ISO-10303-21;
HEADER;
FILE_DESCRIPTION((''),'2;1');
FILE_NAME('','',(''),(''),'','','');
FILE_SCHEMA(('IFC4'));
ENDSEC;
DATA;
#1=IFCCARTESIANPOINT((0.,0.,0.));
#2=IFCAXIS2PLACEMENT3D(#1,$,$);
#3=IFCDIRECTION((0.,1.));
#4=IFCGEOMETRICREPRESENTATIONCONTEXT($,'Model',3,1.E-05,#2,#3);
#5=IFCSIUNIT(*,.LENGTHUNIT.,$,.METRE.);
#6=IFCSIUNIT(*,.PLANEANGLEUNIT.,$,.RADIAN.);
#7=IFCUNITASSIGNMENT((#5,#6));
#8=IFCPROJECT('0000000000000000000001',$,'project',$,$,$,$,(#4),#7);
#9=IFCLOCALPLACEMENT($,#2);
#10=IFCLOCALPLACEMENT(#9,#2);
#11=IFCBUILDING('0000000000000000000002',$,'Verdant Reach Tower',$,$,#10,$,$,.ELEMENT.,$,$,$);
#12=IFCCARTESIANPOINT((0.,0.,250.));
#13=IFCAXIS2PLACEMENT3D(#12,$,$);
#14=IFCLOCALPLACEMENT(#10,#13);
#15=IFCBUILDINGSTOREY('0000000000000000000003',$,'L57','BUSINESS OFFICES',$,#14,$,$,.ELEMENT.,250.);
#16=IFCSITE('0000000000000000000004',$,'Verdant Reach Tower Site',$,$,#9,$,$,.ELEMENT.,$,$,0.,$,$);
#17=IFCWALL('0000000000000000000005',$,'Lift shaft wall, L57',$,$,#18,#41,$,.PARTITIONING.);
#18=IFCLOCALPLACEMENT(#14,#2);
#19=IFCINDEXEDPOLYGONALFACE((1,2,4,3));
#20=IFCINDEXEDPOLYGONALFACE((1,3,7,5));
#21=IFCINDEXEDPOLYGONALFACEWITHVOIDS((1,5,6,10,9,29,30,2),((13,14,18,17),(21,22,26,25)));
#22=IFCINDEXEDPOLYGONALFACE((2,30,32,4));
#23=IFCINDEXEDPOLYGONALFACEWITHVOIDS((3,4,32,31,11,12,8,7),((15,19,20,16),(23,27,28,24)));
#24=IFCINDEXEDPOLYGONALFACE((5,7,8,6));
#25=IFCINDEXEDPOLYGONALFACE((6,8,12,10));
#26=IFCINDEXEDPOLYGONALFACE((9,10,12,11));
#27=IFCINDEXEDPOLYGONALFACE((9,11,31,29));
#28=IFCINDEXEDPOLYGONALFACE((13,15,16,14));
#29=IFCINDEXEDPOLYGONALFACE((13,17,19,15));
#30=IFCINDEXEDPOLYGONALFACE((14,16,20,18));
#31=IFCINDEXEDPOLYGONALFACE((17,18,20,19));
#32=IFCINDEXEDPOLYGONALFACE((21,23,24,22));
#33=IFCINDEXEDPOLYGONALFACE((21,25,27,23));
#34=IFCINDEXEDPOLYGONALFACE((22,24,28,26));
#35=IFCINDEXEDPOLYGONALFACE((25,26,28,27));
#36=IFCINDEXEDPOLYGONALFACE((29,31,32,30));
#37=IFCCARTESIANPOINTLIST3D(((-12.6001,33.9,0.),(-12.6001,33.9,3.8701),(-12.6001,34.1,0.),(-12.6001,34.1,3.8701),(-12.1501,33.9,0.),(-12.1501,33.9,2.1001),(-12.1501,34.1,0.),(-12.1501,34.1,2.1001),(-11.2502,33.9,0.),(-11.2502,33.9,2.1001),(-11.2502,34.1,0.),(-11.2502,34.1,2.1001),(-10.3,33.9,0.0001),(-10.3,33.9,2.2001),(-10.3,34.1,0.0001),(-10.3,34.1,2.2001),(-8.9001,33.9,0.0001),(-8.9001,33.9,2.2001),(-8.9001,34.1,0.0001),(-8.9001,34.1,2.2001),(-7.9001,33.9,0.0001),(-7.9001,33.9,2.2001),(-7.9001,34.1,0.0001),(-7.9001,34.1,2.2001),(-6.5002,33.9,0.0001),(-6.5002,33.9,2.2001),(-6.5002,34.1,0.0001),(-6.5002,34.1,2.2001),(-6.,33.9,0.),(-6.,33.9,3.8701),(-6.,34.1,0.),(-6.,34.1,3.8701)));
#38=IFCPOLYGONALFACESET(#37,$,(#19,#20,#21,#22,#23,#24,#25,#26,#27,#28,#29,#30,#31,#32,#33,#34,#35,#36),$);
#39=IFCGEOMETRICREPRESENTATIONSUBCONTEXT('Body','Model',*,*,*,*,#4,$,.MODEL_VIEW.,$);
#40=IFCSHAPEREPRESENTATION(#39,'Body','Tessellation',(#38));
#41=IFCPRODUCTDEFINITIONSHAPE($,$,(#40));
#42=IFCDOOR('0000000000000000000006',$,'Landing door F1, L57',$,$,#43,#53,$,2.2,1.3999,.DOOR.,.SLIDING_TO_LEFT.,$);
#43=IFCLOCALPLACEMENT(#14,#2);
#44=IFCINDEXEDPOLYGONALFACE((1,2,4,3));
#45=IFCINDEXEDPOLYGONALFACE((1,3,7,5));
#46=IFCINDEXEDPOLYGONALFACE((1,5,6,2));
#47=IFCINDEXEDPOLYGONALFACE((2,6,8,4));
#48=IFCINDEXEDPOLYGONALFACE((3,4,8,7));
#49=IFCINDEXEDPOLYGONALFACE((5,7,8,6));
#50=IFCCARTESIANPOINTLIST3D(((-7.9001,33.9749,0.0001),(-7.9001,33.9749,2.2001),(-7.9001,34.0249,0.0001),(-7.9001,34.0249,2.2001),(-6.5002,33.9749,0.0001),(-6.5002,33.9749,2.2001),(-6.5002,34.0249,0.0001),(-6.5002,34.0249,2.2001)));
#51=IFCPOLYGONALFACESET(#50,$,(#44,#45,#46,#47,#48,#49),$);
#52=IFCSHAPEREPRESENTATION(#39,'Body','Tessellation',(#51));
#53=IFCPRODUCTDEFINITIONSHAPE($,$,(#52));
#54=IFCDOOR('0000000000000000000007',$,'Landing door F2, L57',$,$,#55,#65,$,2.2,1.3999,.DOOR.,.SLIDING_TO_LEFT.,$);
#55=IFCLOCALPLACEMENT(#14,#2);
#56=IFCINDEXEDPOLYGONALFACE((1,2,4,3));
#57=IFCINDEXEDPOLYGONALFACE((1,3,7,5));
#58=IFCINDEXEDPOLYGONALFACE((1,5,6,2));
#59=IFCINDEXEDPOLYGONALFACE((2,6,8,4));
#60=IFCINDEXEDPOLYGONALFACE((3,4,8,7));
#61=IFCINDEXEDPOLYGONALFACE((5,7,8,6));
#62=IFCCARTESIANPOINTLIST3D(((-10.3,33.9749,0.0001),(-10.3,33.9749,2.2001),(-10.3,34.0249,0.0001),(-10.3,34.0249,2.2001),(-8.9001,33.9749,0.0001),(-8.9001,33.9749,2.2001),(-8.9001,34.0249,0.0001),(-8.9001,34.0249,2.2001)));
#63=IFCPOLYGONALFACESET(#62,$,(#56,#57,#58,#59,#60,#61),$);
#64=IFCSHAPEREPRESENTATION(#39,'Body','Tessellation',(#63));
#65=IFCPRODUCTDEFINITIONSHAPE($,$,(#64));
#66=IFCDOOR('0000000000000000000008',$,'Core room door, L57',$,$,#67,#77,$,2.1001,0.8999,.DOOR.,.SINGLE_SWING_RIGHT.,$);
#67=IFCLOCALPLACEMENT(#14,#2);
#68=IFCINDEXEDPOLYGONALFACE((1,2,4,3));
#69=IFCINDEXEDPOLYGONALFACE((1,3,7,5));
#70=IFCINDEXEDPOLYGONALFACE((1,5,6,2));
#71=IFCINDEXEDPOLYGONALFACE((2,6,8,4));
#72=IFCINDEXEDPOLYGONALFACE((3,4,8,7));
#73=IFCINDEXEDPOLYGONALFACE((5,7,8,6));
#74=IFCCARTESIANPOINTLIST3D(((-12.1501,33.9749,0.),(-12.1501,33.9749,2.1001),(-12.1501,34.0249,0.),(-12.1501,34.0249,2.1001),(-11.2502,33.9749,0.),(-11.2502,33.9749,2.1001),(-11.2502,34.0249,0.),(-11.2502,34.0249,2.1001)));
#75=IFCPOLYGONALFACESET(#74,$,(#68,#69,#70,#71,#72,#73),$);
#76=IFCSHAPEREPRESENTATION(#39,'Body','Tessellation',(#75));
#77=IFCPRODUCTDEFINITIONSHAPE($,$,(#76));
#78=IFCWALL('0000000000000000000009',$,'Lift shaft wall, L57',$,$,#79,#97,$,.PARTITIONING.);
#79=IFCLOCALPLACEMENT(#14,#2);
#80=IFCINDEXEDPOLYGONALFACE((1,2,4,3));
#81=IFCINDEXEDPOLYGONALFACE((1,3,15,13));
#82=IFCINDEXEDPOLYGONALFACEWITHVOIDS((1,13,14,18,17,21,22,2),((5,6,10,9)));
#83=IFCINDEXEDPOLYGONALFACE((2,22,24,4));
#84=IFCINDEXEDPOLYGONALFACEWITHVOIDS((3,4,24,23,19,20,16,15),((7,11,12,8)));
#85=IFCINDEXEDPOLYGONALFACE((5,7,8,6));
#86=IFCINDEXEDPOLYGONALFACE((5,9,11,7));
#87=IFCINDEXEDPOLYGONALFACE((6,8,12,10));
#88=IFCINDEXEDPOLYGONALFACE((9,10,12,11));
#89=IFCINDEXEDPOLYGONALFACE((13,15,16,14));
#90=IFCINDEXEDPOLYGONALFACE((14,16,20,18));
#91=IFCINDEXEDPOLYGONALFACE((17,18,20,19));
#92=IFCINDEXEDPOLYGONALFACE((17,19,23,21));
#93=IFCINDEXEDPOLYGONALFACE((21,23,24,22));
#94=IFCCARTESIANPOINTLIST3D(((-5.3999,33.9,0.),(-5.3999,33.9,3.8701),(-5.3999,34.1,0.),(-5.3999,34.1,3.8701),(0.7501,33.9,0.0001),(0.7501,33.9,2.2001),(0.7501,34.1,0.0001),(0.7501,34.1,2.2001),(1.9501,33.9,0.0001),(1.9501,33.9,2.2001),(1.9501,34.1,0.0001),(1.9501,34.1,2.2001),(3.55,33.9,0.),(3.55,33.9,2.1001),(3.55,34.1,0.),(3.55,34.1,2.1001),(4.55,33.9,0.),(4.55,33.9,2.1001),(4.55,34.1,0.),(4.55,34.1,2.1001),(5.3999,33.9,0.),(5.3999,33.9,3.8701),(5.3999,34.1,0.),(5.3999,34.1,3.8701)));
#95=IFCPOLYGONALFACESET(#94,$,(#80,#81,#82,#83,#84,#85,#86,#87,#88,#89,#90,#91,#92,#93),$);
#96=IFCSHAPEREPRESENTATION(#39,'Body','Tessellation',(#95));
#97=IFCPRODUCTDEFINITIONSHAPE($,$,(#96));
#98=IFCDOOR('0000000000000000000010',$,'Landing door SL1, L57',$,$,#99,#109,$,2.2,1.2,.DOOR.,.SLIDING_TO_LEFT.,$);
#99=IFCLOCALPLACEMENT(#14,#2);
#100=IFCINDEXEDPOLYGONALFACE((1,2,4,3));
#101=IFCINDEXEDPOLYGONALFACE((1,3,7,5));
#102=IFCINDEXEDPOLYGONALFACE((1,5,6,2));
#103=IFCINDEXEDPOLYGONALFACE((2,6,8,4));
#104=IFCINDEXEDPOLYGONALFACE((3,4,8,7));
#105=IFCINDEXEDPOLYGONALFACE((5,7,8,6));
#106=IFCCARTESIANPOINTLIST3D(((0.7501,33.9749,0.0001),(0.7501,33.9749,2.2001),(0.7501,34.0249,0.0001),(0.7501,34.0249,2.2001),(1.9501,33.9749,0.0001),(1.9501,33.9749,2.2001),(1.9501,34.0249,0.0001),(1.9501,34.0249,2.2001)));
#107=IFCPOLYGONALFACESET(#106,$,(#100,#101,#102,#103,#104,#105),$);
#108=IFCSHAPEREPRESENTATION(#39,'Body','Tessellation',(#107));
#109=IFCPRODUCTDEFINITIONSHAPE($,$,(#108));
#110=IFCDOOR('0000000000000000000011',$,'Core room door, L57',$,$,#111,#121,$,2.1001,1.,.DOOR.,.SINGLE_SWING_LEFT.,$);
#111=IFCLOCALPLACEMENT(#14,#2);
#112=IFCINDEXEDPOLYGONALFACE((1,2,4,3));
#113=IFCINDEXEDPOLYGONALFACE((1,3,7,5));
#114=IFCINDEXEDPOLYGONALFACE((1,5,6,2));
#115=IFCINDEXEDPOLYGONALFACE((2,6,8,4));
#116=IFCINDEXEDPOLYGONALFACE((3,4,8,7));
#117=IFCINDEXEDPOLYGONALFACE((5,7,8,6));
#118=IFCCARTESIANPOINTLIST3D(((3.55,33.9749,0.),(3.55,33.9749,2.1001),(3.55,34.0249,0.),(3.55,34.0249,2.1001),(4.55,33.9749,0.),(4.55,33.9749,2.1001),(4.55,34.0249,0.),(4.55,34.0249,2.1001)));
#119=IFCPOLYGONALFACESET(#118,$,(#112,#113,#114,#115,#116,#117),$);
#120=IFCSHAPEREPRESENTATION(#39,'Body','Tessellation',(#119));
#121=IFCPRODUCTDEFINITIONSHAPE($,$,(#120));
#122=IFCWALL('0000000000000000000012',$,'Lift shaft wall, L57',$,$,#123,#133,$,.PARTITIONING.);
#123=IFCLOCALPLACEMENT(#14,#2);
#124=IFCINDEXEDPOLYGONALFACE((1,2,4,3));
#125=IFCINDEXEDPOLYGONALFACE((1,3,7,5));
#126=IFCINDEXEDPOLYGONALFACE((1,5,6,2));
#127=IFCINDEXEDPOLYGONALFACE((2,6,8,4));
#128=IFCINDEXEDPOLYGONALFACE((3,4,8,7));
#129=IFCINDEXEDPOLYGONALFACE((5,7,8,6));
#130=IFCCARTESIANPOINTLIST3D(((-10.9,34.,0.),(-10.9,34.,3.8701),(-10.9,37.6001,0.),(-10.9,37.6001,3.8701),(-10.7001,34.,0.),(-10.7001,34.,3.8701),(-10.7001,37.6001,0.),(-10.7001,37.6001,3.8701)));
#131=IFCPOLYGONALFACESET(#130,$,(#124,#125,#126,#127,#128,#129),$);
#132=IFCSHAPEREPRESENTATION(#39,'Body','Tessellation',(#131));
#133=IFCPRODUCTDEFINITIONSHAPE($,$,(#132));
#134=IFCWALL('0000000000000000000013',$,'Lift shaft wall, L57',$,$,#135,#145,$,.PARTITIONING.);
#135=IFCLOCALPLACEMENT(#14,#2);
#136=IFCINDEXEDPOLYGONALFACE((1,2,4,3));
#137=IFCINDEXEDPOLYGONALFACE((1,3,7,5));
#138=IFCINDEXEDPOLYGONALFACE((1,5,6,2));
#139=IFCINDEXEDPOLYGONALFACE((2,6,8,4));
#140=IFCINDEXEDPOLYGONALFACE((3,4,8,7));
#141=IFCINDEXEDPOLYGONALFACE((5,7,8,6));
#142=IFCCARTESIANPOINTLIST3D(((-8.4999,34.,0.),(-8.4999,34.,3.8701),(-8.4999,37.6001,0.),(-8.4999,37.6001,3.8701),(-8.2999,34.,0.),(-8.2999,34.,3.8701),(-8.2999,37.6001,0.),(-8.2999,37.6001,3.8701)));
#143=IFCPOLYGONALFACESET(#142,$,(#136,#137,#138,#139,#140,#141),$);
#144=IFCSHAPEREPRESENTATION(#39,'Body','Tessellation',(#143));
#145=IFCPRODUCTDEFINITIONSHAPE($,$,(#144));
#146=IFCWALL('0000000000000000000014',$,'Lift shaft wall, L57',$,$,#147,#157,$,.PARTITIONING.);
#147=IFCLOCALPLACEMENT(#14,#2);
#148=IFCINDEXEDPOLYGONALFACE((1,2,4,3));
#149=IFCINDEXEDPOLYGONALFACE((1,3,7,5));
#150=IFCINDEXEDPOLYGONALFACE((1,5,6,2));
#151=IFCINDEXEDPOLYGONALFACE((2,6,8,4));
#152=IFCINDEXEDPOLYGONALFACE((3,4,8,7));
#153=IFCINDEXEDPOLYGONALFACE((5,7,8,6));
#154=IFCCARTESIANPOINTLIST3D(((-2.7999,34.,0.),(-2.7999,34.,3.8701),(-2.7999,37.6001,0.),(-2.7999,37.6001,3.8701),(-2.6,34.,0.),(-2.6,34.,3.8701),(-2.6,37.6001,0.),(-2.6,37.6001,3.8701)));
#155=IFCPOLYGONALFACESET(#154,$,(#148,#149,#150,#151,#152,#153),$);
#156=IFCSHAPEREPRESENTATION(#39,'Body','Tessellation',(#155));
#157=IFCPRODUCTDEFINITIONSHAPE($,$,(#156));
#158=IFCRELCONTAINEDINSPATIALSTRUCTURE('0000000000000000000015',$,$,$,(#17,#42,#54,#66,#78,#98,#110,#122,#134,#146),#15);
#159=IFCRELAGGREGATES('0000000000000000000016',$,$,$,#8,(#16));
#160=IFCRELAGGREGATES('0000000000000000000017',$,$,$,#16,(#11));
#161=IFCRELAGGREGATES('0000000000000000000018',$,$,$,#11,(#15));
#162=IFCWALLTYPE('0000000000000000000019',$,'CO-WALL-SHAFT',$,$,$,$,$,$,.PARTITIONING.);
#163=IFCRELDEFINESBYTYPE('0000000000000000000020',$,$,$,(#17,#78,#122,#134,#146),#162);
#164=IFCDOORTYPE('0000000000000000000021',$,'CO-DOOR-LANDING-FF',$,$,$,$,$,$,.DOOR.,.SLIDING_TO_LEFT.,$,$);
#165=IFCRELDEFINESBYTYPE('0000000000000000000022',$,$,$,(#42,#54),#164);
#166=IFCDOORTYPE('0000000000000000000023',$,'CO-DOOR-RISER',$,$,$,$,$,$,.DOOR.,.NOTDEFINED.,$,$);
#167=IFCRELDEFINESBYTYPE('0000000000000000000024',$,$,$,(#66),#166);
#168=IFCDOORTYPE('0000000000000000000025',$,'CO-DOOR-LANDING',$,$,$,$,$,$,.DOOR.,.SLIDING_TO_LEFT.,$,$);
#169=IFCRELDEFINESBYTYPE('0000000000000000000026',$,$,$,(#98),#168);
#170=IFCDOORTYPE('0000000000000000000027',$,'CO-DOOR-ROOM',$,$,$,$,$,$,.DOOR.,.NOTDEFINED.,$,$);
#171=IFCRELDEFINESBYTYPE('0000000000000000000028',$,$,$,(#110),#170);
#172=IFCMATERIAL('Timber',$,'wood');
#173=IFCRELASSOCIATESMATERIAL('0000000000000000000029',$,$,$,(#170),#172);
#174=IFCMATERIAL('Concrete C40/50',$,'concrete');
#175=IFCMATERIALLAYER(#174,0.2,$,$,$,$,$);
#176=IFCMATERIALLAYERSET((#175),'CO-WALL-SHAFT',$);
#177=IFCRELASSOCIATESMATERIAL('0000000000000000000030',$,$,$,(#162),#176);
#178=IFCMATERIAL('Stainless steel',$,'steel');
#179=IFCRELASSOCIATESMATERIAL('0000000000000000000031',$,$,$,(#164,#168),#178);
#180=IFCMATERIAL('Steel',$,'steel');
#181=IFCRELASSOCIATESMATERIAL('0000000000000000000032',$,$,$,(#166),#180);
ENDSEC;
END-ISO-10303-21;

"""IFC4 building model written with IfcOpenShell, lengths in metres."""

from ifc_helpers import new_model, si_unit, direction, frame, frame_2d, origin, place, context, subcontext, project, spatial, rectangle, extrude, material, layer, layer_set, type_object, element, fill, save


model = new_model("IFC4")

# Units and contexts
model_context = context("Model", 3, precision=1e-05, world=origin(), true_north=direction((0.0, 1.0)))
body_context = subcontext(model_context, "Body", "Model", "MODEL_VIEW")
ifc_project = project(units=[si_unit("LENGTHUNIT", "METRE"), si_unit("PLANEANGLEUNIT", "RADIAN")], contexts=[model_context])

# Site, building, storey
site_placement = place(None, origin())
site = spatial("IfcSite", under=ifc_project, at=site_placement, Name="Verdant Reach Tower Site", CompositionType="ELEMENT", RefElevation=0.0)
building_placement = place(site_placement, origin())
building = spatial("IfcBuilding", under=site, at=building_placement, Name="Verdant Reach Tower", CompositionType="ELEMENT")
storey_placement = place(building_placement, frame((0.0, 0.0, 250.0)))
storey = spatial("IfcBuildingStorey", under=building, at=storey_placement, Name="L57", Description="BUSINESS OFFICES", CompositionType="ELEMENT", Elevation=250.0)

# Walls, openings, doors
ifc_material_1 = material(Name="Timber", Category="wood")
door_type_1 = type_object("IfcDoorType", Name="CO-DOOR-ROOM", OperationType="NOTDEFINED", PredefinedType="DOOR", material=ifc_material_1)
ifc_material_2 = material(Name="Concrete C40/50", Category="concrete")
ifc_layer_1 = layer(ifc_material_2, 0.2)
ifc_layer_set_1 = layer_set([ifc_layer_1], Name="CO-WALL-SHAFT")
wall_type_1 = type_object("IfcWallType", Name="CO-WALL-SHAFT", PredefinedType="PARTITIONING", material=ifc_layer_set_1)
wall_1_placement = place(storey_placement, frame((-12.6001, 34.0, 0.0), z_axis=(0.0, 0.0, 1.0), x_axis=(1.0, 0.0, 0.0)))
wall_1 = element("IfcWall", 1, at=wall_1_placement, inside=storey, type_object=wall_type_1, Name="Lift shaft wall, L57", PredefinedType="PARTITIONING", context=body_context, shape_type="SweptSolid", body=[
    extrude(rectangle(XDim=6.6001, YDim=0.2, at=frame_2d((3.3, 0.0))), origin(), (0.0, 0.0, 1.0), 3.8701),
])
opening_1_placement = place(wall_1_placement, frame((4.7, 0.0, 0.0)))
opening_1 = element("IfcOpeningElement", 2, at=opening_1_placement, cuts=wall_1, PredefinedType="OPENING", context=body_context, shape_type="SweptSolid", body=[
    extrude(rectangle(XDim=1.3999, YDim=2.2, at=frame_2d((0.7, 1.1001))), frame((0.0, 0.1099, 0.0), z_axis=(0.0, -1.0, 0.0), x_axis=(1.0, 0.0, 0.0)), (0.0, 0.0, 1.0), 0.22),
])
opening_2_placement = place(wall_1_placement, frame((2.3, 0.0, 0.0)))
opening_2 = element("IfcOpeningElement", 3, at=opening_2_placement, cuts=wall_1, PredefinedType="OPENING", context=body_context, shape_type="SweptSolid", body=[
    extrude(rectangle(XDim=1.3999, YDim=2.2, at=frame_2d((0.7, 1.1001))), frame((0.0, 0.1099, 0.0), z_axis=(0.0, -1.0, 0.0), x_axis=(1.0, 0.0, 0.0)), (0.0, 0.0, 1.0), 0.22),
])
opening_3_placement = place(wall_1_placement, frame((0.45, 0.0, 0.0)))
opening_3 = element("IfcOpeningElement", 4, at=opening_3_placement, cuts=wall_1, PredefinedType="OPENING", context=body_context, shape_type="SweptSolid", body=[
    extrude(rectangle(XDim=0.8999, YDim=2.1001, at=frame_2d((0.45, 1.05))), frame((0.0, 0.1099, 0.0), z_axis=(0.0, -1.0, 0.0), x_axis=(1.0, 0.0, 0.0)), (0.0, 0.0, 1.0), 0.22),
])
ifc_material_3 = material(Name="Stainless steel", Category="steel")
door_type_2 = type_object("IfcDoorType", Name="CO-DOOR-LANDING-FF", OperationType="SLIDING_TO_LEFT", PredefinedType="DOOR", material=ifc_material_3)
door_1_placement = place(opening_1_placement, origin())
door_1 = element("IfcDoor", 5, at=door_1_placement, inside=storey, type_object=door_type_2, Name="Landing door F1, L57", OperationType="SLIDING_TO_LEFT", OverallHeight=2.2, OverallWidth=1.3999, PredefinedType="DOOR", context=body_context, shape_type="SweptSolid", body=[
    extrude(rectangle(XDim=1.3999, YDim=2.2, at=frame_2d((0.7, 1.1001))), frame((0.0, 0.0249, 0.0), z_axis=(0.0, -1.0, 0.0), x_axis=(1.0, 0.0, 0.0)), (0.0, 0.0, 1.0), 0.05),
])
fill(opening_1, door_1)
door_2_placement = place(opening_2_placement, origin())
door_2 = element("IfcDoor", 6, at=door_2_placement, inside=storey, type_object=door_type_2, Name="Landing door F2, L57", OperationType="SLIDING_TO_LEFT", OverallHeight=2.2, OverallWidth=1.3999, PredefinedType="DOOR", context=body_context, shape_type="SweptSolid", body=[
    extrude(rectangle(XDim=1.3999, YDim=2.2, at=frame_2d((0.7, 1.1001))), frame((0.0, 0.0249, 0.0), z_axis=(0.0, -1.0, 0.0), x_axis=(1.0, 0.0, 0.0)), (0.0, 0.0, 1.0), 0.05),
])
fill(opening_2, door_2)
ifc_material_4 = material(Name="Steel", Category="steel")
door_type_3 = type_object("IfcDoorType", Name="CO-DOOR-RISER", OperationType="NOTDEFINED", PredefinedType="DOOR", material=ifc_material_4)
door_3_placement = place(opening_3_placement, origin())
door_3 = element("IfcDoor", 7, at=door_3_placement, inside=storey, type_object=door_type_3, Name="Core room door, L57", OperationType="SINGLE_SWING_RIGHT", OverallHeight=2.1001, OverallWidth=0.8999, PredefinedType="DOOR", context=body_context, shape_type="SweptSolid", body=[
    extrude(rectangle(XDim=0.8999, YDim=2.1001, at=frame_2d((0.45, 1.05))), frame((0.0, 0.0249, 0.0), z_axis=(0.0, -1.0, 0.0), x_axis=(1.0, 0.0, 0.0)), (0.0, 0.0, 1.0), 0.05),
])
fill(opening_3, door_3)
wall_2_placement = place(storey_placement, frame((-5.3999, 34.0, 0.0), z_axis=(0.0, 0.0, 1.0), x_axis=(1.0, 0.0, 0.0)))
wall_2 = element("IfcWall", 8, at=wall_2_placement, inside=storey, type_object=wall_type_1, Name="Lift shaft wall, L57", PredefinedType="PARTITIONING", context=body_context, shape_type="SweptSolid", body=[
    extrude(rectangle(XDim=10.7998, YDim=0.2, at=frame_2d((5.3999, 0.0))), origin(), (0.0, 0.0, 1.0), 3.8701),
])
opening_4_placement = place(wall_2_placement, frame((6.1499, 0.0, 0.0)))
opening_4 = element("IfcOpeningElement", 9, at=opening_4_placement, cuts=wall_2, PredefinedType="OPENING", context=body_context, shape_type="SweptSolid", body=[
    extrude(rectangle(XDim=1.2, YDim=2.2, at=frame_2d((0.6001, 1.1001))), frame((0.0, 0.1099, 0.0), z_axis=(0.0, -1.0, 0.0), x_axis=(1.0, 0.0, 0.0)), (0.0, 0.0, 1.0), 0.22),
])
opening_5_placement = place(wall_2_placement, frame((8.95, 0.0, 0.0)))
opening_5 = element("IfcOpeningElement", 10, at=opening_5_placement, cuts=wall_2, PredefinedType="OPENING", context=body_context, shape_type="SweptSolid", body=[
    extrude(rectangle(XDim=1.0, YDim=2.1001, at=frame_2d((0.5, 1.05))), frame((0.0, 0.1099, 0.0), z_axis=(0.0, -1.0, 0.0), x_axis=(1.0, 0.0, 0.0)), (0.0, 0.0, 1.0), 0.22),
])
door_type_4 = type_object("IfcDoorType", Name="CO-DOOR-LANDING", OperationType="SLIDING_TO_LEFT", PredefinedType="DOOR", material=ifc_material_3)
door_4_placement = place(opening_4_placement, origin())
door_4 = element("IfcDoor", 11, at=door_4_placement, inside=storey, type_object=door_type_4, Name="Landing door SL1, L57", OperationType="SLIDING_TO_LEFT", OverallHeight=2.2, OverallWidth=1.2, PredefinedType="DOOR", context=body_context, shape_type="SweptSolid", body=[
    extrude(rectangle(XDim=1.2, YDim=2.2, at=frame_2d((0.6001, 1.1001))), frame((0.0, 0.0249, 0.0), z_axis=(0.0, -1.0, 0.0), x_axis=(1.0, 0.0, 0.0)), (0.0, 0.0, 1.0), 0.05),
])
fill(opening_4, door_4)
door_5_placement = place(opening_5_placement, origin())
door_5 = element("IfcDoor", 12, at=door_5_placement, inside=storey, type_object=door_type_1, Name="Core room door, L57", OperationType="SINGLE_SWING_LEFT", OverallHeight=2.1001, OverallWidth=1.0, PredefinedType="DOOR", context=body_context, shape_type="SweptSolid", body=[
    extrude(rectangle(XDim=1.0, YDim=2.1001, at=frame_2d((0.5, 1.05))), frame((0.0, 0.0249, 0.0), z_axis=(0.0, -1.0, 0.0), x_axis=(1.0, 0.0, 0.0)), (0.0, 0.0, 1.0), 0.05),
])
fill(opening_5, door_5)

# Walls
for number, where, z_axis, x_axis, name in (
    (13, (-10.8, 34.0, 0.0), (0.0, 0.0, 1.0), (0.0, 1.0, 0.0), "Lift shaft wall, L57"),
    (14, (-8.3999, 34.0, 0.0), (0.0, 0.0, 1.0), (0.0, 1.0, 0.0), "Lift shaft wall, L57"),
    (15, (-2.7, 34.0, 0.0), (0.0, 0.0, 1.0), (0.0, 1.0, 0.0), "Lift shaft wall, L57"),
):
    element("IfcWall", number, at=place(storey_placement, frame(where, z_axis=z_axis, x_axis=x_axis)), inside=storey, type_object=wall_type_1, Name=name, PredefinedType="PARTITIONING", context=body_context, shape_type="SweptSolid", body=[
        extrude(rectangle(XDim=3.6001, YDim=0.2, at=frame_2d((1.8, 0.0))), origin(), (0.0, 0.0, 1.0), 3.8701),
    ])

save(model, "model.ifc")
